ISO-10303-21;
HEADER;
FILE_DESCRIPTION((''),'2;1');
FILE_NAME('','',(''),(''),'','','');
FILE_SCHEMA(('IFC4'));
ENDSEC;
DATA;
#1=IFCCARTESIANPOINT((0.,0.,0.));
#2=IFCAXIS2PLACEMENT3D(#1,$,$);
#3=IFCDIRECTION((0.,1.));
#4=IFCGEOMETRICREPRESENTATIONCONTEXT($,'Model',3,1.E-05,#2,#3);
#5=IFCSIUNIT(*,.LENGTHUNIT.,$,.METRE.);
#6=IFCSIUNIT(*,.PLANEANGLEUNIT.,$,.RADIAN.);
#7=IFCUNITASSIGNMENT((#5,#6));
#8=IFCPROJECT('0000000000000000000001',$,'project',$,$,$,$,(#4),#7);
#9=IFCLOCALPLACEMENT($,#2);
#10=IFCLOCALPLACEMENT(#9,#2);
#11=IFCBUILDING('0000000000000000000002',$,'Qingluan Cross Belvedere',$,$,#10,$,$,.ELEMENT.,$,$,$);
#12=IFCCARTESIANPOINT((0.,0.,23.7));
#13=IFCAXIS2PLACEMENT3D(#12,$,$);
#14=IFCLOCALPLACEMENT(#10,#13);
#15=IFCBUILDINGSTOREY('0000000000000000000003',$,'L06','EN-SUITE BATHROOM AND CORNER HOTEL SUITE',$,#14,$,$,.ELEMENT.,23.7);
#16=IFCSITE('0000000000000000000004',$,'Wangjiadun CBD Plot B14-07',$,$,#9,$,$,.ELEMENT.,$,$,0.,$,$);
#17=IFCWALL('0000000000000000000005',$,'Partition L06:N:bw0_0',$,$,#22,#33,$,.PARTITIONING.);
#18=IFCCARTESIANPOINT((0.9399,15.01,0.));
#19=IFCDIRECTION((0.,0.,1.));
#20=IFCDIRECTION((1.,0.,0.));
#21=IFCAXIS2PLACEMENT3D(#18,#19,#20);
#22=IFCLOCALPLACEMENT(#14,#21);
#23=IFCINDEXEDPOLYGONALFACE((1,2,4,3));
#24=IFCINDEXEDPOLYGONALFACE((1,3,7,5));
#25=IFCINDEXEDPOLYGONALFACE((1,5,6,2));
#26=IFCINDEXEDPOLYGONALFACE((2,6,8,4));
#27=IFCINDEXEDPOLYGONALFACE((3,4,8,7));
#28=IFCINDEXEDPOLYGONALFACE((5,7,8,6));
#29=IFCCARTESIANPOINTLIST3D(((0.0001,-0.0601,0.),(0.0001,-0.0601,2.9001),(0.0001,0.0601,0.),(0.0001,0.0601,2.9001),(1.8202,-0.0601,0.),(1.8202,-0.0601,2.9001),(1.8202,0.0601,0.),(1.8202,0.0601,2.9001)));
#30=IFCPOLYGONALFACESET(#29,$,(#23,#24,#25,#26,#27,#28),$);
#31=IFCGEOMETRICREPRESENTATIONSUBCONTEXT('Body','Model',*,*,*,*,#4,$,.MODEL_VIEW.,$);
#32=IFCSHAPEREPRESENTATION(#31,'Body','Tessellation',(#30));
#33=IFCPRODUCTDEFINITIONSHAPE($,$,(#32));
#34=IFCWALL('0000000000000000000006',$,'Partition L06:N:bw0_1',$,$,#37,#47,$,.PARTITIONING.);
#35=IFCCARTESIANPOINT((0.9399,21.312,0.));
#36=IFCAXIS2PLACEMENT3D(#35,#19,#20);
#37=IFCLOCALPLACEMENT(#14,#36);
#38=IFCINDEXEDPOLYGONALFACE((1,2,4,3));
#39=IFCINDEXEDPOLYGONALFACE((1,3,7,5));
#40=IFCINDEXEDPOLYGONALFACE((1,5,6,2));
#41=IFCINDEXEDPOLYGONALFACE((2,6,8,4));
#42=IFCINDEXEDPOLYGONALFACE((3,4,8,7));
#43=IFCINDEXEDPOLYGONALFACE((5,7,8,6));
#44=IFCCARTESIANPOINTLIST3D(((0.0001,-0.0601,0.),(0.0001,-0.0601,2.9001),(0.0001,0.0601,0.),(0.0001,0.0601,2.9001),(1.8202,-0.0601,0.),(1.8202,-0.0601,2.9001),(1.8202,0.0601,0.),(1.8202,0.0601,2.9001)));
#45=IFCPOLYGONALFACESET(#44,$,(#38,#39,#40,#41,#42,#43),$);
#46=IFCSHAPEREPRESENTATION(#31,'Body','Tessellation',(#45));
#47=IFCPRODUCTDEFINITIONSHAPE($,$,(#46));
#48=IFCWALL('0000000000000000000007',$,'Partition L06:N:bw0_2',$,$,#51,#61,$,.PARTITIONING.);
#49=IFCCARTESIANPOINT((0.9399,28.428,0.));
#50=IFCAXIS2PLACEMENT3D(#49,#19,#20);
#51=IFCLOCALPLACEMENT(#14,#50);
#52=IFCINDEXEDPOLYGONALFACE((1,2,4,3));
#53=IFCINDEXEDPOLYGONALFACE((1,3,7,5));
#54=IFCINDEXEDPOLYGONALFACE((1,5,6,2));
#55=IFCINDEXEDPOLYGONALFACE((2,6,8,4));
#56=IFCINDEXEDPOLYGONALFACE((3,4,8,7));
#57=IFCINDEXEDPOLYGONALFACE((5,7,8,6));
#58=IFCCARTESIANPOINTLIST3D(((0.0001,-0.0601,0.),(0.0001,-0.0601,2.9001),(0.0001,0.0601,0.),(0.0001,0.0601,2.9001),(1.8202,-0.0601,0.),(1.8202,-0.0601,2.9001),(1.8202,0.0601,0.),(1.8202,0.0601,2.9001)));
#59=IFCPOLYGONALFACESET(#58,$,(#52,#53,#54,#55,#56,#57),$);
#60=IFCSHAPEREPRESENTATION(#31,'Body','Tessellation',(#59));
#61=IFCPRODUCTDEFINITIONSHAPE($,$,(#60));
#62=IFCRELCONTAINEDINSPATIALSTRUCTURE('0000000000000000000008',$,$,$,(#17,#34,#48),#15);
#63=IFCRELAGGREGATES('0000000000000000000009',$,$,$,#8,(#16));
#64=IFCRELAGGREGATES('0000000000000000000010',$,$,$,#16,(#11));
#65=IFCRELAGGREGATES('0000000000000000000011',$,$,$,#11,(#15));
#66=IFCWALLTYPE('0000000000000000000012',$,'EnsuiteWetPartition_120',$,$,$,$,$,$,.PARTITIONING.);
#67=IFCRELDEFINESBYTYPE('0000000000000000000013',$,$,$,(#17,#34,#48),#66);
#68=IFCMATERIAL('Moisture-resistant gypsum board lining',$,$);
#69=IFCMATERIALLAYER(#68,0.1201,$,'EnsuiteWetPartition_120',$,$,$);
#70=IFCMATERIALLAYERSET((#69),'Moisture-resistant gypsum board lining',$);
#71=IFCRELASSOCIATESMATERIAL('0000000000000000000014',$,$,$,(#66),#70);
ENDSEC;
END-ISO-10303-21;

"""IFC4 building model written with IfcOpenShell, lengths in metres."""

from ifc_helpers import new_model, si_unit, direction, frame, frame_2d, origin, place, context, subcontext, project, spatial, rectangle, extrude, material, layer, layer_set, type_object, element, save


model = new_model("IFC4")

# Units and contexts
model_context = context("Model", 3, precision=1e-05, world=origin(), true_north=direction((0.0, 1.0)))
body_context = subcontext(model_context, "Body", "Model", "MODEL_VIEW")
ifc_project = project(units=[si_unit("LENGTHUNIT", "METRE"), si_unit("PLANEANGLEUNIT", "RADIAN")], contexts=[model_context])

# Site, building, storey
site_placement = place(None, origin())
site = spatial("IfcSite", under=ifc_project, at=site_placement, Name="Wangjiadun CBD Plot B14-07", CompositionType="ELEMENT", RefElevation=0.0)
building_placement = place(site_placement, origin())
building = spatial("IfcBuilding", under=site, at=building_placement, Name="Qingluan Cross Belvedere", CompositionType="ELEMENT")
storey_placement = place(building_placement, frame((0.0, 0.0, 23.7)))
storey = spatial("IfcBuildingStorey", under=building, at=storey_placement, Name="L06", Description="EN-SUITE BATHROOM AND CORNER HOTEL SUITE", CompositionType="ELEMENT", Elevation=23.7)

# Shared definitions
ifc_material_1 = material(Name="Moisture-resistant gypsum board lining")
ifc_layer_1 = layer(ifc_material_1, 0.1201, Name="EnsuiteWetPartition_120")
ifc_layer_set_1 = layer_set([ifc_layer_1], Name="Moisture-resistant gypsum board lining")
wall_type_1 = type_object("IfcWallType", Name="EnsuiteWetPartition_120", PredefinedType="PARTITIONING", material=ifc_layer_set_1)

# Wall
wall_1_placement = place(storey_placement, frame((0.9399, 15.01, 0.0), z_axis=(0.0, 0.0, 1.0), x_axis=(1.0, 0.0, 0.0)))
element("IfcWall", 1, at=wall_1_placement, inside=storey, type_object=wall_type_1, Name="Partition L06:N:bw0_0", PredefinedType="PARTITIONING", context=body_context, shape_type="SweptSolid", body=[
    extrude(rectangle(XDim=1.8201, YDim=0.1201, at=frame_2d((0.9102, 0.0))), origin(), (0.0, 0.0, 1.0), 2.9001),
])

# Wall
wall_2_placement = place(storey_placement, frame((0.9399, 21.312, 0.0), z_axis=(0.0, 0.0, 1.0), x_axis=(1.0, 0.0, 0.0)))
element("IfcWall", 2, at=wall_2_placement, inside=storey, type_object=wall_type_1, Name="Partition L06:N:bw0_1", PredefinedType="PARTITIONING", context=body_context, shape_type="SweptSolid", body=[
    extrude(rectangle(XDim=1.8201, YDim=0.1201, at=frame_2d((0.9102, 0.0))), origin(), (0.0, 0.0, 1.0), 2.9001),
])

# Wall
wall_3_placement = place(storey_placement, frame((0.9399, 28.428, 0.0), z_axis=(0.0, 0.0, 1.0), x_axis=(1.0, 0.0, 0.0)))
element("IfcWall", 3, at=wall_3_placement, inside=storey, type_object=wall_type_1, Name="Partition L06:N:bw0_2", PredefinedType="PARTITIONING", context=body_context, shape_type="SweptSolid", body=[
    extrude(rectangle(XDim=1.8201, YDim=0.1201, at=frame_2d((0.9102, 0.0))), origin(), (0.0, 0.0, 1.0), 2.9001),
])

save(model, "model.ifc")
